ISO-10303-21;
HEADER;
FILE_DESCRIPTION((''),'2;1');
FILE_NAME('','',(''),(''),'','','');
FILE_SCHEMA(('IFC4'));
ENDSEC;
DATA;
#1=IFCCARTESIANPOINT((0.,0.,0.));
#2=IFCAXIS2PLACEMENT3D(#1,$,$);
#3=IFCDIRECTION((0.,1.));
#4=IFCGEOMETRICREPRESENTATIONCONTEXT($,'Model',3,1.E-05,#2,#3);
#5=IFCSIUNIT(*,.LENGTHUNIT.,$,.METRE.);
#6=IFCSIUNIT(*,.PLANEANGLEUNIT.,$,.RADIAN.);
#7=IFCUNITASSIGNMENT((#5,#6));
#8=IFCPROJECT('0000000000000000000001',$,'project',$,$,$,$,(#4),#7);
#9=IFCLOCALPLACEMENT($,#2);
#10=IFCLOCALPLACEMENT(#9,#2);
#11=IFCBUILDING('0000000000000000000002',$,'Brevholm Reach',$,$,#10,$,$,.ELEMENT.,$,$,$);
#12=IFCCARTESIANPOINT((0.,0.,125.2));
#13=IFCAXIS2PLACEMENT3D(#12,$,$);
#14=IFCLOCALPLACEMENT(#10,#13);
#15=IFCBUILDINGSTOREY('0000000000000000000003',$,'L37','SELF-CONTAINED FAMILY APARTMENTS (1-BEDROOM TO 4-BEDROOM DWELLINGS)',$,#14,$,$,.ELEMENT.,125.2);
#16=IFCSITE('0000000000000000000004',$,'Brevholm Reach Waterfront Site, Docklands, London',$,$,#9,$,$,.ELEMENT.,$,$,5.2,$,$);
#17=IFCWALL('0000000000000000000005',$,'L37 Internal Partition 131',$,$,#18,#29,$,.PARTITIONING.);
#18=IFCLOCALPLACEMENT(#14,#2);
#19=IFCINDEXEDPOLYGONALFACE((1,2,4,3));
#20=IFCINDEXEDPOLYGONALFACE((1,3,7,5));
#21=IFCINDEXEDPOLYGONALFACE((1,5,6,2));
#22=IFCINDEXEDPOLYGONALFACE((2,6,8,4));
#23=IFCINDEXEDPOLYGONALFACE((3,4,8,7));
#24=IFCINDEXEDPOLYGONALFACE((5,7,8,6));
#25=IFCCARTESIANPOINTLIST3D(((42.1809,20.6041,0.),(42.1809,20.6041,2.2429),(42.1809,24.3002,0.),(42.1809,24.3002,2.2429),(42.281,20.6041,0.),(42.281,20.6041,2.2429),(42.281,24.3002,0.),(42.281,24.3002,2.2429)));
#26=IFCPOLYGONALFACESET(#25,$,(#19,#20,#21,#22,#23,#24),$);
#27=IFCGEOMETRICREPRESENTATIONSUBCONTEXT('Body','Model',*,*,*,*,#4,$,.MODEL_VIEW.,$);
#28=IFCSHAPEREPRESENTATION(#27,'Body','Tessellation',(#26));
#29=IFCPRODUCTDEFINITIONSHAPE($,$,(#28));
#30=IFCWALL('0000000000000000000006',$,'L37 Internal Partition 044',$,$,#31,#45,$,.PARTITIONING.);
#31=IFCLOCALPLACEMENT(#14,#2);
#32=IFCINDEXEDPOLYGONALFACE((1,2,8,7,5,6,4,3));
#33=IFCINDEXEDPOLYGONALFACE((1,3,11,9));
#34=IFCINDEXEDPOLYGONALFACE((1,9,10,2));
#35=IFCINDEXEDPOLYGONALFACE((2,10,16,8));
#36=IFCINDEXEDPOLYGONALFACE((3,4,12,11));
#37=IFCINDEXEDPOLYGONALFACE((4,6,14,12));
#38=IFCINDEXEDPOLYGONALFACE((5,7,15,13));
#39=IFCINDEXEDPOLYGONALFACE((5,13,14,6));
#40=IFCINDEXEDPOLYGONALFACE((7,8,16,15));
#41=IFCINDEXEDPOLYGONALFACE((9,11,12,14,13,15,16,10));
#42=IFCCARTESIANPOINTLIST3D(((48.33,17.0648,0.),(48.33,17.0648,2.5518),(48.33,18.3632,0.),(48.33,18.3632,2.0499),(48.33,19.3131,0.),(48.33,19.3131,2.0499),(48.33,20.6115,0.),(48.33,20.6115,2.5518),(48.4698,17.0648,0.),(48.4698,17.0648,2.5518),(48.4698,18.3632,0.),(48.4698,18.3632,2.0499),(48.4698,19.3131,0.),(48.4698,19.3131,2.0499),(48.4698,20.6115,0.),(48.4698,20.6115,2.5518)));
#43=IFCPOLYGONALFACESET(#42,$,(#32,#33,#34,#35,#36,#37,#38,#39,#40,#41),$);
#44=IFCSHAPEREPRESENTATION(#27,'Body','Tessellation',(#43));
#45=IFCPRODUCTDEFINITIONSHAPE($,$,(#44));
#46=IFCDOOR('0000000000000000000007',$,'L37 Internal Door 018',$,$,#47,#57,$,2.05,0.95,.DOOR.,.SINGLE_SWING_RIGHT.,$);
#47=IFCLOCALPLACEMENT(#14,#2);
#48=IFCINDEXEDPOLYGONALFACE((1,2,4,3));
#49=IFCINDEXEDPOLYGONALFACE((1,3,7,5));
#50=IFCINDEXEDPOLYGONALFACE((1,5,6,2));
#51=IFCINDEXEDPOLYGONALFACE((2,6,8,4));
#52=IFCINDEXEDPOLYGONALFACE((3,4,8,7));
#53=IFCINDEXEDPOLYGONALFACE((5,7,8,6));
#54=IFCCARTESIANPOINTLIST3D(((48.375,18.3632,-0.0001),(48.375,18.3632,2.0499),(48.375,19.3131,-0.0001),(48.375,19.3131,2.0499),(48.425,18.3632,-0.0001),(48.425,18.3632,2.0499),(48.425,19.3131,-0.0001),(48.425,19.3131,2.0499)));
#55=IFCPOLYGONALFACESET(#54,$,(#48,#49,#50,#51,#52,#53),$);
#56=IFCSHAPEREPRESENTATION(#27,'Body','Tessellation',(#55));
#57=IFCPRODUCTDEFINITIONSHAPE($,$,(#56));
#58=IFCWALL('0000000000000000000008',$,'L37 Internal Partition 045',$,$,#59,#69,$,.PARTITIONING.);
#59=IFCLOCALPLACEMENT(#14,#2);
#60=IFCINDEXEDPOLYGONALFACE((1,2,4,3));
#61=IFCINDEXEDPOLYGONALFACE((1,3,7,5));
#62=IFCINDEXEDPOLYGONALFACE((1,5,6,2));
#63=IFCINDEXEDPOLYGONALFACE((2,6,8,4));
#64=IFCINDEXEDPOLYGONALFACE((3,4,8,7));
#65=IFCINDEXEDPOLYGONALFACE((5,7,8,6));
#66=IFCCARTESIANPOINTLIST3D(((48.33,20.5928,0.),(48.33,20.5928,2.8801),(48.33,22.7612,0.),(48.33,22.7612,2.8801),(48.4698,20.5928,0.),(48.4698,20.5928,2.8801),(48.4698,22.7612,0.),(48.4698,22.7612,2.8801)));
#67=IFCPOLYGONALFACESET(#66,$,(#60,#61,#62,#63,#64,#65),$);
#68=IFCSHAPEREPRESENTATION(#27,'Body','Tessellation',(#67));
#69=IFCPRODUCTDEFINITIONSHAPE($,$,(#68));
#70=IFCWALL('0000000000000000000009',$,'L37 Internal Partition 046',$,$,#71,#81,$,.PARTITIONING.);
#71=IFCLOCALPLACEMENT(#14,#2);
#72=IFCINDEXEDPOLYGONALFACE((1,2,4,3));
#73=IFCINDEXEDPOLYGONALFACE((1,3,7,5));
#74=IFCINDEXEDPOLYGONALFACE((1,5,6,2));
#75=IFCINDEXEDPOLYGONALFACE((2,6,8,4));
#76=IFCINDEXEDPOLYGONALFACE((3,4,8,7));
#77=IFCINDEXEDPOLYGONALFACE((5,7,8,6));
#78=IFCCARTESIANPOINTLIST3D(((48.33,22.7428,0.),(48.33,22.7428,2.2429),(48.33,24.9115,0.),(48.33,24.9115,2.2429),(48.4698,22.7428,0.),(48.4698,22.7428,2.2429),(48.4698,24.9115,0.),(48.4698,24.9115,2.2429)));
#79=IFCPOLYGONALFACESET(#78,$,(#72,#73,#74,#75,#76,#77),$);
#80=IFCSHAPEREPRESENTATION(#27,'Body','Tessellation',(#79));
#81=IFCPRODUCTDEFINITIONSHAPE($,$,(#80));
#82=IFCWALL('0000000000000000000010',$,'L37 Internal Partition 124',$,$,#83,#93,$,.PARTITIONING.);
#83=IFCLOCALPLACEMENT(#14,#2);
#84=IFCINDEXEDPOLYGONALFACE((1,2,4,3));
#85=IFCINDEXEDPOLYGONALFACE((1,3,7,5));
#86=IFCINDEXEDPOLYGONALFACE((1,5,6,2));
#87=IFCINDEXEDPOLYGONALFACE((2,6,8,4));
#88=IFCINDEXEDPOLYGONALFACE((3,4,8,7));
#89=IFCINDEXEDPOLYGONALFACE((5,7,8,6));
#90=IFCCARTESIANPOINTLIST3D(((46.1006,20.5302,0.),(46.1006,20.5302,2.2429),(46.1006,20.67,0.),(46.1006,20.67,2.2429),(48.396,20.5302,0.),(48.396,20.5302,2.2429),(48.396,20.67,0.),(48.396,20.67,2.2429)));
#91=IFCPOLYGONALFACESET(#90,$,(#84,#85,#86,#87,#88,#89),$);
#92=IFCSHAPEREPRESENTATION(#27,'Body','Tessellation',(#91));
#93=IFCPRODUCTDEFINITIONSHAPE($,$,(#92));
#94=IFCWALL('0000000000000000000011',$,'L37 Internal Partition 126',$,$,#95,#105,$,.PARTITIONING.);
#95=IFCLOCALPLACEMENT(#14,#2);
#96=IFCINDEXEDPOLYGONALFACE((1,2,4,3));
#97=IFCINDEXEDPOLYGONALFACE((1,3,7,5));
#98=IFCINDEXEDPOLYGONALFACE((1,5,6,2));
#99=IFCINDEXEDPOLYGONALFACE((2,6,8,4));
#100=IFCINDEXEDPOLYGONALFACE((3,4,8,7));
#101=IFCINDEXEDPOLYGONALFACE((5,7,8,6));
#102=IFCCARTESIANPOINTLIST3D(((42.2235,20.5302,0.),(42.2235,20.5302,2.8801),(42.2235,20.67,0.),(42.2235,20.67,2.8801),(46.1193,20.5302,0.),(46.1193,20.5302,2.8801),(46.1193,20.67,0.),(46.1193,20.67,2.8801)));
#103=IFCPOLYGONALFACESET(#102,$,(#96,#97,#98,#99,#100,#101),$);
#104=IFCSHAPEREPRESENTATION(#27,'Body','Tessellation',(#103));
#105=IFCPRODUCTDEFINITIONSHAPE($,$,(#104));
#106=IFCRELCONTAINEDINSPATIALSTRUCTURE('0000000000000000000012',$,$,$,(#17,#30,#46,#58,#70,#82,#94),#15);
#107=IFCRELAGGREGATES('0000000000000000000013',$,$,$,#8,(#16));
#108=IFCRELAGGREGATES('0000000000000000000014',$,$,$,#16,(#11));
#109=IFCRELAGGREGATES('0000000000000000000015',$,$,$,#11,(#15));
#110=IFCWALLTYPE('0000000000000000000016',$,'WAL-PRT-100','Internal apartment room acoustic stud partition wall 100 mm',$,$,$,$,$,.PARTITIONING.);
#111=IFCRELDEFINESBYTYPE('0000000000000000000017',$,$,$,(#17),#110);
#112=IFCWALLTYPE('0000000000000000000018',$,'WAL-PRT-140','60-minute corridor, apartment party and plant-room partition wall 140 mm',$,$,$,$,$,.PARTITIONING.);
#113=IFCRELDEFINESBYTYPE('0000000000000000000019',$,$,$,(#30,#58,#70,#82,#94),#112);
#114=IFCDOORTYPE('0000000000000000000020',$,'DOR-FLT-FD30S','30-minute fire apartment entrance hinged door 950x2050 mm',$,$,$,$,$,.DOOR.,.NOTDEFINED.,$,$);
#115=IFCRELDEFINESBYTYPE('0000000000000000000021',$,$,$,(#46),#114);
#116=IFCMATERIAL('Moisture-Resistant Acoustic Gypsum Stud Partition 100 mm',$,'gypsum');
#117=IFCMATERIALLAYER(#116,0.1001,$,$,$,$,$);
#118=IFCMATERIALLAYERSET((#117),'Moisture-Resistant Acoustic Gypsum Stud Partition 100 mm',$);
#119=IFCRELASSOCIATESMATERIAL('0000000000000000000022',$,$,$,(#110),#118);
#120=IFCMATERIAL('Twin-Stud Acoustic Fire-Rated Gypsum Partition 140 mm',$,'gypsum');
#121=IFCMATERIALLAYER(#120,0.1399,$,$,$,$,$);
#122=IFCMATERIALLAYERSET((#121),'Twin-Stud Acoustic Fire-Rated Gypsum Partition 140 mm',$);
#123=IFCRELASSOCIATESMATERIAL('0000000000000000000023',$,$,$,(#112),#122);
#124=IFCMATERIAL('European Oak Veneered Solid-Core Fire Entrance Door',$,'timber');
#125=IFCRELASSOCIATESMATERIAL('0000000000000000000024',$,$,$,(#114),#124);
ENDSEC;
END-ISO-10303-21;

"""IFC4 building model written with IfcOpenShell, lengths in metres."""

from ifc_helpers import new_model, si_unit, direction, frame, frame_2d, origin, place, context, subcontext, project, spatial, rectangle, extrude, material, layer, layer_set, type_object, element, fill, save


model = new_model("IFC4")

# Units and contexts
model_context = context("Model", 3, precision=1e-05, world=origin(), true_north=direction((0.0, 1.0)))
body_context = subcontext(model_context, "Body", "Model", "MODEL_VIEW")
ifc_project = project(units=[si_unit("LENGTHUNIT", "METRE"), si_unit("PLANEANGLEUNIT", "RADIAN")], contexts=[model_context])

# Site, building, storey
site_placement = place(None, origin())
site = spatial("IfcSite", under=ifc_project, at=site_placement, Name="Brevholm Reach Waterfront Site, Docklands, London", CompositionType="ELEMENT", RefElevation=5.2)
building_placement = place(site_placement, origin())
building = spatial("IfcBuilding", under=site, at=building_placement, Name="Brevholm Reach", CompositionType="ELEMENT")
storey_placement = place(building_placement, frame((0.0, 0.0, 125.2)))
storey = spatial("IfcBuildingStorey", under=building, at=storey_placement, Name="L37", Description="SELF-CONTAINED FAMILY APARTMENTS (1-BEDROOM TO 4-BEDROOM DWELLINGS)", CompositionType="ELEMENT", Elevation=125.2)

# Shared definitions
ifc_material_1 = material(Name="Moisture-Resistant Acoustic Gypsum Stud Partition 100 mm", Category="gypsum")
ifc_layer_1 = layer(ifc_material_1, 0.1001)
ifc_layer_set_1 = layer_set([ifc_layer_1], Name="Moisture-Resistant Acoustic Gypsum Stud Partition 100 mm")
wall_type_1 = type_object("IfcWallType", Name="WAL-PRT-100", Description="Internal apartment room acoustic stud partition wall 100 mm", PredefinedType="PARTITIONING", material=ifc_layer_set_1)

# Wall
wall_1_placement = place(storey_placement, frame((42.231, 20.604, 0.0), z_axis=(0.0, 0.0, 1.0), x_axis=(0.0, 1.0, 0.0)))
element("IfcWall", 1, at=wall_1_placement, inside=storey, type_object=wall_type_1, Name="L37 Internal Partition 131", PredefinedType="PARTITIONING", context=body_context, shape_type="SweptSolid", body=[
    extrude(rectangle(XDim=3.696, YDim=0.1001, at=frame_2d((1.8481, 0.0))), origin(), (0.0, 0.0, 1.0), 2.2429),
])

# Wall, opening, door
ifc_material_2 = material(Name="Twin-Stud Acoustic Fire-Rated Gypsum Partition 140 mm", Category="gypsum")
ifc_layer_2 = layer(ifc_material_2, 0.1399)
ifc_layer_set_2 = layer_set([ifc_layer_2], Name="Twin-Stud Acoustic Fire-Rated Gypsum Partition 140 mm")
wall_type_2 = type_object("IfcWallType", Name="WAL-PRT-140", Description="60-minute corridor, apartment party and plant-room partition wall 140 mm", PredefinedType="PARTITIONING", material=ifc_layer_set_2)
wall_2_placement = place(storey_placement, frame((48.3999, 17.0647, 0.0), z_axis=(0.0, 0.0, 1.0), x_axis=(0.0, 1.0, 0.0)))
wall_2 = element("IfcWall", 2, at=wall_2_placement, inside=storey, type_object=wall_type_2, Name="L37 Internal Partition 044", PredefinedType="PARTITIONING", context=body_context, shape_type="SweptSolid", body=[
    extrude(rectangle(XDim=3.5466, YDim=0.1399, at=frame_2d((1.7734, 0.0))), origin(), (0.0, 0.0, 1.0), 2.5518),
])
opening_1_placement = place(wall_2_placement, frame((1.2983, 0.0, 0.0)))
opening_1 = element("IfcOpeningElement", 3, at=opening_1_placement, cuts=wall_2, PredefinedType="OPENING", context=body_context, shape_type="SweptSolid", body=[
    extrude(rectangle(XDim=0.95, YDim=2.05, at=frame_2d((0.4751, 1.0249))), frame((0.0, 0.0798, 0.0), z_axis=(0.0, -1.0, 0.0), x_axis=(1.0, 0.0, 0.0)), (0.0, 0.0, 1.0), 0.1599),
])
ifc_material_3 = material(Name="European Oak Veneered Solid-Core Fire Entrance Door", Category="timber")
door_type_1 = type_object("IfcDoorType", Name="DOR-FLT-FD30S", Description="30-minute fire apartment entrance hinged door 950x2050 mm", OperationType="NOTDEFINED", PredefinedType="DOOR", material=ifc_material_3)
door_1_placement = place(opening_1_placement, origin())
door_1 = element("IfcDoor", 4, at=door_1_placement, inside=storey, type_object=door_type_1, Name="L37 Internal Door 018", OperationType="SINGLE_SWING_RIGHT", OverallHeight=2.05, OverallWidth=0.95, PredefinedType="DOOR", context=body_context, shape_type="SweptSolid", body=[
    extrude(rectangle(XDim=0.95, YDim=2.05, at=frame_2d((0.4751, 1.0249))), frame((0.0, 0.0249, 0.0), z_axis=(0.0, -1.0, 0.0), x_axis=(1.0, 0.0, 0.0)), (0.0, 0.0, 1.0), 0.05),
])
fill(opening_1, door_1)

# Walls
wall_3_placement = place(storey_placement, frame((48.3999, 20.5928, 0.0), z_axis=(0.0, 0.0, 1.0), x_axis=(0.0, 1.0, 0.0)))
element("IfcWall", 5, at=wall_3_placement, inside=storey, type_object=wall_type_2, Name="L37 Internal Partition 045", PredefinedType="PARTITIONING", context=body_context, shape_type="SweptSolid", body=[
    extrude(rectangle(XDim=2.1685, YDim=0.1399, at=frame_2d((1.0842, 0.0))), origin(), (0.0, 0.0, 1.0), 2.8801),
])
wall_4_placement = place(storey_placement, frame((48.3999, 22.7427, 0.0), z_axis=(0.0, 0.0, 1.0), x_axis=(0.0, 1.0, 0.0)))
element("IfcWall", 6, at=wall_4_placement, inside=storey, type_object=wall_type_2, Name="L37 Internal Partition 046", PredefinedType="PARTITIONING", context=body_context, shape_type="SweptSolid", body=[
    extrude(rectangle(XDim=2.1687, YDim=0.1399, at=frame_2d((1.0845, 0.0))), origin(), (0.0, 0.0, 1.0), 2.2429),
])
wall_5_placement = place(storey_placement, frame((46.1006, 20.6001, 0.0), z_axis=(0.0, 0.0, 1.0), x_axis=(1.0, 0.0, 0.0)))
element("IfcWall", 7, at=wall_5_placement, inside=storey, type_object=wall_type_2, Name="L37 Internal Partition 124", PredefinedType="PARTITIONING", context=body_context, shape_type="SweptSolid", body=[
    extrude(rectangle(XDim=2.2954, YDim=0.1399, at=frame_2d((1.1477, 0.0))), origin(), (0.0, 0.0, 1.0), 2.2429),
])
wall_6_placement = place(storey_placement, frame((42.2236, 20.6001, 0.0), z_axis=(0.0, 0.0, 1.0), x_axis=(1.0, 0.0, 0.0)))
element("IfcWall", 8, at=wall_6_placement, inside=storey, type_object=wall_type_2, Name="L37 Internal Partition 126", PredefinedType="PARTITIONING", context=body_context, shape_type="SweptSolid", body=[
    extrude(rectangle(XDim=3.8958, YDim=0.1399, at=frame_2d((1.9478, 0.0))), origin(), (0.0, 0.0, 1.0), 2.8801),
])

save(model, "model.ifc")
